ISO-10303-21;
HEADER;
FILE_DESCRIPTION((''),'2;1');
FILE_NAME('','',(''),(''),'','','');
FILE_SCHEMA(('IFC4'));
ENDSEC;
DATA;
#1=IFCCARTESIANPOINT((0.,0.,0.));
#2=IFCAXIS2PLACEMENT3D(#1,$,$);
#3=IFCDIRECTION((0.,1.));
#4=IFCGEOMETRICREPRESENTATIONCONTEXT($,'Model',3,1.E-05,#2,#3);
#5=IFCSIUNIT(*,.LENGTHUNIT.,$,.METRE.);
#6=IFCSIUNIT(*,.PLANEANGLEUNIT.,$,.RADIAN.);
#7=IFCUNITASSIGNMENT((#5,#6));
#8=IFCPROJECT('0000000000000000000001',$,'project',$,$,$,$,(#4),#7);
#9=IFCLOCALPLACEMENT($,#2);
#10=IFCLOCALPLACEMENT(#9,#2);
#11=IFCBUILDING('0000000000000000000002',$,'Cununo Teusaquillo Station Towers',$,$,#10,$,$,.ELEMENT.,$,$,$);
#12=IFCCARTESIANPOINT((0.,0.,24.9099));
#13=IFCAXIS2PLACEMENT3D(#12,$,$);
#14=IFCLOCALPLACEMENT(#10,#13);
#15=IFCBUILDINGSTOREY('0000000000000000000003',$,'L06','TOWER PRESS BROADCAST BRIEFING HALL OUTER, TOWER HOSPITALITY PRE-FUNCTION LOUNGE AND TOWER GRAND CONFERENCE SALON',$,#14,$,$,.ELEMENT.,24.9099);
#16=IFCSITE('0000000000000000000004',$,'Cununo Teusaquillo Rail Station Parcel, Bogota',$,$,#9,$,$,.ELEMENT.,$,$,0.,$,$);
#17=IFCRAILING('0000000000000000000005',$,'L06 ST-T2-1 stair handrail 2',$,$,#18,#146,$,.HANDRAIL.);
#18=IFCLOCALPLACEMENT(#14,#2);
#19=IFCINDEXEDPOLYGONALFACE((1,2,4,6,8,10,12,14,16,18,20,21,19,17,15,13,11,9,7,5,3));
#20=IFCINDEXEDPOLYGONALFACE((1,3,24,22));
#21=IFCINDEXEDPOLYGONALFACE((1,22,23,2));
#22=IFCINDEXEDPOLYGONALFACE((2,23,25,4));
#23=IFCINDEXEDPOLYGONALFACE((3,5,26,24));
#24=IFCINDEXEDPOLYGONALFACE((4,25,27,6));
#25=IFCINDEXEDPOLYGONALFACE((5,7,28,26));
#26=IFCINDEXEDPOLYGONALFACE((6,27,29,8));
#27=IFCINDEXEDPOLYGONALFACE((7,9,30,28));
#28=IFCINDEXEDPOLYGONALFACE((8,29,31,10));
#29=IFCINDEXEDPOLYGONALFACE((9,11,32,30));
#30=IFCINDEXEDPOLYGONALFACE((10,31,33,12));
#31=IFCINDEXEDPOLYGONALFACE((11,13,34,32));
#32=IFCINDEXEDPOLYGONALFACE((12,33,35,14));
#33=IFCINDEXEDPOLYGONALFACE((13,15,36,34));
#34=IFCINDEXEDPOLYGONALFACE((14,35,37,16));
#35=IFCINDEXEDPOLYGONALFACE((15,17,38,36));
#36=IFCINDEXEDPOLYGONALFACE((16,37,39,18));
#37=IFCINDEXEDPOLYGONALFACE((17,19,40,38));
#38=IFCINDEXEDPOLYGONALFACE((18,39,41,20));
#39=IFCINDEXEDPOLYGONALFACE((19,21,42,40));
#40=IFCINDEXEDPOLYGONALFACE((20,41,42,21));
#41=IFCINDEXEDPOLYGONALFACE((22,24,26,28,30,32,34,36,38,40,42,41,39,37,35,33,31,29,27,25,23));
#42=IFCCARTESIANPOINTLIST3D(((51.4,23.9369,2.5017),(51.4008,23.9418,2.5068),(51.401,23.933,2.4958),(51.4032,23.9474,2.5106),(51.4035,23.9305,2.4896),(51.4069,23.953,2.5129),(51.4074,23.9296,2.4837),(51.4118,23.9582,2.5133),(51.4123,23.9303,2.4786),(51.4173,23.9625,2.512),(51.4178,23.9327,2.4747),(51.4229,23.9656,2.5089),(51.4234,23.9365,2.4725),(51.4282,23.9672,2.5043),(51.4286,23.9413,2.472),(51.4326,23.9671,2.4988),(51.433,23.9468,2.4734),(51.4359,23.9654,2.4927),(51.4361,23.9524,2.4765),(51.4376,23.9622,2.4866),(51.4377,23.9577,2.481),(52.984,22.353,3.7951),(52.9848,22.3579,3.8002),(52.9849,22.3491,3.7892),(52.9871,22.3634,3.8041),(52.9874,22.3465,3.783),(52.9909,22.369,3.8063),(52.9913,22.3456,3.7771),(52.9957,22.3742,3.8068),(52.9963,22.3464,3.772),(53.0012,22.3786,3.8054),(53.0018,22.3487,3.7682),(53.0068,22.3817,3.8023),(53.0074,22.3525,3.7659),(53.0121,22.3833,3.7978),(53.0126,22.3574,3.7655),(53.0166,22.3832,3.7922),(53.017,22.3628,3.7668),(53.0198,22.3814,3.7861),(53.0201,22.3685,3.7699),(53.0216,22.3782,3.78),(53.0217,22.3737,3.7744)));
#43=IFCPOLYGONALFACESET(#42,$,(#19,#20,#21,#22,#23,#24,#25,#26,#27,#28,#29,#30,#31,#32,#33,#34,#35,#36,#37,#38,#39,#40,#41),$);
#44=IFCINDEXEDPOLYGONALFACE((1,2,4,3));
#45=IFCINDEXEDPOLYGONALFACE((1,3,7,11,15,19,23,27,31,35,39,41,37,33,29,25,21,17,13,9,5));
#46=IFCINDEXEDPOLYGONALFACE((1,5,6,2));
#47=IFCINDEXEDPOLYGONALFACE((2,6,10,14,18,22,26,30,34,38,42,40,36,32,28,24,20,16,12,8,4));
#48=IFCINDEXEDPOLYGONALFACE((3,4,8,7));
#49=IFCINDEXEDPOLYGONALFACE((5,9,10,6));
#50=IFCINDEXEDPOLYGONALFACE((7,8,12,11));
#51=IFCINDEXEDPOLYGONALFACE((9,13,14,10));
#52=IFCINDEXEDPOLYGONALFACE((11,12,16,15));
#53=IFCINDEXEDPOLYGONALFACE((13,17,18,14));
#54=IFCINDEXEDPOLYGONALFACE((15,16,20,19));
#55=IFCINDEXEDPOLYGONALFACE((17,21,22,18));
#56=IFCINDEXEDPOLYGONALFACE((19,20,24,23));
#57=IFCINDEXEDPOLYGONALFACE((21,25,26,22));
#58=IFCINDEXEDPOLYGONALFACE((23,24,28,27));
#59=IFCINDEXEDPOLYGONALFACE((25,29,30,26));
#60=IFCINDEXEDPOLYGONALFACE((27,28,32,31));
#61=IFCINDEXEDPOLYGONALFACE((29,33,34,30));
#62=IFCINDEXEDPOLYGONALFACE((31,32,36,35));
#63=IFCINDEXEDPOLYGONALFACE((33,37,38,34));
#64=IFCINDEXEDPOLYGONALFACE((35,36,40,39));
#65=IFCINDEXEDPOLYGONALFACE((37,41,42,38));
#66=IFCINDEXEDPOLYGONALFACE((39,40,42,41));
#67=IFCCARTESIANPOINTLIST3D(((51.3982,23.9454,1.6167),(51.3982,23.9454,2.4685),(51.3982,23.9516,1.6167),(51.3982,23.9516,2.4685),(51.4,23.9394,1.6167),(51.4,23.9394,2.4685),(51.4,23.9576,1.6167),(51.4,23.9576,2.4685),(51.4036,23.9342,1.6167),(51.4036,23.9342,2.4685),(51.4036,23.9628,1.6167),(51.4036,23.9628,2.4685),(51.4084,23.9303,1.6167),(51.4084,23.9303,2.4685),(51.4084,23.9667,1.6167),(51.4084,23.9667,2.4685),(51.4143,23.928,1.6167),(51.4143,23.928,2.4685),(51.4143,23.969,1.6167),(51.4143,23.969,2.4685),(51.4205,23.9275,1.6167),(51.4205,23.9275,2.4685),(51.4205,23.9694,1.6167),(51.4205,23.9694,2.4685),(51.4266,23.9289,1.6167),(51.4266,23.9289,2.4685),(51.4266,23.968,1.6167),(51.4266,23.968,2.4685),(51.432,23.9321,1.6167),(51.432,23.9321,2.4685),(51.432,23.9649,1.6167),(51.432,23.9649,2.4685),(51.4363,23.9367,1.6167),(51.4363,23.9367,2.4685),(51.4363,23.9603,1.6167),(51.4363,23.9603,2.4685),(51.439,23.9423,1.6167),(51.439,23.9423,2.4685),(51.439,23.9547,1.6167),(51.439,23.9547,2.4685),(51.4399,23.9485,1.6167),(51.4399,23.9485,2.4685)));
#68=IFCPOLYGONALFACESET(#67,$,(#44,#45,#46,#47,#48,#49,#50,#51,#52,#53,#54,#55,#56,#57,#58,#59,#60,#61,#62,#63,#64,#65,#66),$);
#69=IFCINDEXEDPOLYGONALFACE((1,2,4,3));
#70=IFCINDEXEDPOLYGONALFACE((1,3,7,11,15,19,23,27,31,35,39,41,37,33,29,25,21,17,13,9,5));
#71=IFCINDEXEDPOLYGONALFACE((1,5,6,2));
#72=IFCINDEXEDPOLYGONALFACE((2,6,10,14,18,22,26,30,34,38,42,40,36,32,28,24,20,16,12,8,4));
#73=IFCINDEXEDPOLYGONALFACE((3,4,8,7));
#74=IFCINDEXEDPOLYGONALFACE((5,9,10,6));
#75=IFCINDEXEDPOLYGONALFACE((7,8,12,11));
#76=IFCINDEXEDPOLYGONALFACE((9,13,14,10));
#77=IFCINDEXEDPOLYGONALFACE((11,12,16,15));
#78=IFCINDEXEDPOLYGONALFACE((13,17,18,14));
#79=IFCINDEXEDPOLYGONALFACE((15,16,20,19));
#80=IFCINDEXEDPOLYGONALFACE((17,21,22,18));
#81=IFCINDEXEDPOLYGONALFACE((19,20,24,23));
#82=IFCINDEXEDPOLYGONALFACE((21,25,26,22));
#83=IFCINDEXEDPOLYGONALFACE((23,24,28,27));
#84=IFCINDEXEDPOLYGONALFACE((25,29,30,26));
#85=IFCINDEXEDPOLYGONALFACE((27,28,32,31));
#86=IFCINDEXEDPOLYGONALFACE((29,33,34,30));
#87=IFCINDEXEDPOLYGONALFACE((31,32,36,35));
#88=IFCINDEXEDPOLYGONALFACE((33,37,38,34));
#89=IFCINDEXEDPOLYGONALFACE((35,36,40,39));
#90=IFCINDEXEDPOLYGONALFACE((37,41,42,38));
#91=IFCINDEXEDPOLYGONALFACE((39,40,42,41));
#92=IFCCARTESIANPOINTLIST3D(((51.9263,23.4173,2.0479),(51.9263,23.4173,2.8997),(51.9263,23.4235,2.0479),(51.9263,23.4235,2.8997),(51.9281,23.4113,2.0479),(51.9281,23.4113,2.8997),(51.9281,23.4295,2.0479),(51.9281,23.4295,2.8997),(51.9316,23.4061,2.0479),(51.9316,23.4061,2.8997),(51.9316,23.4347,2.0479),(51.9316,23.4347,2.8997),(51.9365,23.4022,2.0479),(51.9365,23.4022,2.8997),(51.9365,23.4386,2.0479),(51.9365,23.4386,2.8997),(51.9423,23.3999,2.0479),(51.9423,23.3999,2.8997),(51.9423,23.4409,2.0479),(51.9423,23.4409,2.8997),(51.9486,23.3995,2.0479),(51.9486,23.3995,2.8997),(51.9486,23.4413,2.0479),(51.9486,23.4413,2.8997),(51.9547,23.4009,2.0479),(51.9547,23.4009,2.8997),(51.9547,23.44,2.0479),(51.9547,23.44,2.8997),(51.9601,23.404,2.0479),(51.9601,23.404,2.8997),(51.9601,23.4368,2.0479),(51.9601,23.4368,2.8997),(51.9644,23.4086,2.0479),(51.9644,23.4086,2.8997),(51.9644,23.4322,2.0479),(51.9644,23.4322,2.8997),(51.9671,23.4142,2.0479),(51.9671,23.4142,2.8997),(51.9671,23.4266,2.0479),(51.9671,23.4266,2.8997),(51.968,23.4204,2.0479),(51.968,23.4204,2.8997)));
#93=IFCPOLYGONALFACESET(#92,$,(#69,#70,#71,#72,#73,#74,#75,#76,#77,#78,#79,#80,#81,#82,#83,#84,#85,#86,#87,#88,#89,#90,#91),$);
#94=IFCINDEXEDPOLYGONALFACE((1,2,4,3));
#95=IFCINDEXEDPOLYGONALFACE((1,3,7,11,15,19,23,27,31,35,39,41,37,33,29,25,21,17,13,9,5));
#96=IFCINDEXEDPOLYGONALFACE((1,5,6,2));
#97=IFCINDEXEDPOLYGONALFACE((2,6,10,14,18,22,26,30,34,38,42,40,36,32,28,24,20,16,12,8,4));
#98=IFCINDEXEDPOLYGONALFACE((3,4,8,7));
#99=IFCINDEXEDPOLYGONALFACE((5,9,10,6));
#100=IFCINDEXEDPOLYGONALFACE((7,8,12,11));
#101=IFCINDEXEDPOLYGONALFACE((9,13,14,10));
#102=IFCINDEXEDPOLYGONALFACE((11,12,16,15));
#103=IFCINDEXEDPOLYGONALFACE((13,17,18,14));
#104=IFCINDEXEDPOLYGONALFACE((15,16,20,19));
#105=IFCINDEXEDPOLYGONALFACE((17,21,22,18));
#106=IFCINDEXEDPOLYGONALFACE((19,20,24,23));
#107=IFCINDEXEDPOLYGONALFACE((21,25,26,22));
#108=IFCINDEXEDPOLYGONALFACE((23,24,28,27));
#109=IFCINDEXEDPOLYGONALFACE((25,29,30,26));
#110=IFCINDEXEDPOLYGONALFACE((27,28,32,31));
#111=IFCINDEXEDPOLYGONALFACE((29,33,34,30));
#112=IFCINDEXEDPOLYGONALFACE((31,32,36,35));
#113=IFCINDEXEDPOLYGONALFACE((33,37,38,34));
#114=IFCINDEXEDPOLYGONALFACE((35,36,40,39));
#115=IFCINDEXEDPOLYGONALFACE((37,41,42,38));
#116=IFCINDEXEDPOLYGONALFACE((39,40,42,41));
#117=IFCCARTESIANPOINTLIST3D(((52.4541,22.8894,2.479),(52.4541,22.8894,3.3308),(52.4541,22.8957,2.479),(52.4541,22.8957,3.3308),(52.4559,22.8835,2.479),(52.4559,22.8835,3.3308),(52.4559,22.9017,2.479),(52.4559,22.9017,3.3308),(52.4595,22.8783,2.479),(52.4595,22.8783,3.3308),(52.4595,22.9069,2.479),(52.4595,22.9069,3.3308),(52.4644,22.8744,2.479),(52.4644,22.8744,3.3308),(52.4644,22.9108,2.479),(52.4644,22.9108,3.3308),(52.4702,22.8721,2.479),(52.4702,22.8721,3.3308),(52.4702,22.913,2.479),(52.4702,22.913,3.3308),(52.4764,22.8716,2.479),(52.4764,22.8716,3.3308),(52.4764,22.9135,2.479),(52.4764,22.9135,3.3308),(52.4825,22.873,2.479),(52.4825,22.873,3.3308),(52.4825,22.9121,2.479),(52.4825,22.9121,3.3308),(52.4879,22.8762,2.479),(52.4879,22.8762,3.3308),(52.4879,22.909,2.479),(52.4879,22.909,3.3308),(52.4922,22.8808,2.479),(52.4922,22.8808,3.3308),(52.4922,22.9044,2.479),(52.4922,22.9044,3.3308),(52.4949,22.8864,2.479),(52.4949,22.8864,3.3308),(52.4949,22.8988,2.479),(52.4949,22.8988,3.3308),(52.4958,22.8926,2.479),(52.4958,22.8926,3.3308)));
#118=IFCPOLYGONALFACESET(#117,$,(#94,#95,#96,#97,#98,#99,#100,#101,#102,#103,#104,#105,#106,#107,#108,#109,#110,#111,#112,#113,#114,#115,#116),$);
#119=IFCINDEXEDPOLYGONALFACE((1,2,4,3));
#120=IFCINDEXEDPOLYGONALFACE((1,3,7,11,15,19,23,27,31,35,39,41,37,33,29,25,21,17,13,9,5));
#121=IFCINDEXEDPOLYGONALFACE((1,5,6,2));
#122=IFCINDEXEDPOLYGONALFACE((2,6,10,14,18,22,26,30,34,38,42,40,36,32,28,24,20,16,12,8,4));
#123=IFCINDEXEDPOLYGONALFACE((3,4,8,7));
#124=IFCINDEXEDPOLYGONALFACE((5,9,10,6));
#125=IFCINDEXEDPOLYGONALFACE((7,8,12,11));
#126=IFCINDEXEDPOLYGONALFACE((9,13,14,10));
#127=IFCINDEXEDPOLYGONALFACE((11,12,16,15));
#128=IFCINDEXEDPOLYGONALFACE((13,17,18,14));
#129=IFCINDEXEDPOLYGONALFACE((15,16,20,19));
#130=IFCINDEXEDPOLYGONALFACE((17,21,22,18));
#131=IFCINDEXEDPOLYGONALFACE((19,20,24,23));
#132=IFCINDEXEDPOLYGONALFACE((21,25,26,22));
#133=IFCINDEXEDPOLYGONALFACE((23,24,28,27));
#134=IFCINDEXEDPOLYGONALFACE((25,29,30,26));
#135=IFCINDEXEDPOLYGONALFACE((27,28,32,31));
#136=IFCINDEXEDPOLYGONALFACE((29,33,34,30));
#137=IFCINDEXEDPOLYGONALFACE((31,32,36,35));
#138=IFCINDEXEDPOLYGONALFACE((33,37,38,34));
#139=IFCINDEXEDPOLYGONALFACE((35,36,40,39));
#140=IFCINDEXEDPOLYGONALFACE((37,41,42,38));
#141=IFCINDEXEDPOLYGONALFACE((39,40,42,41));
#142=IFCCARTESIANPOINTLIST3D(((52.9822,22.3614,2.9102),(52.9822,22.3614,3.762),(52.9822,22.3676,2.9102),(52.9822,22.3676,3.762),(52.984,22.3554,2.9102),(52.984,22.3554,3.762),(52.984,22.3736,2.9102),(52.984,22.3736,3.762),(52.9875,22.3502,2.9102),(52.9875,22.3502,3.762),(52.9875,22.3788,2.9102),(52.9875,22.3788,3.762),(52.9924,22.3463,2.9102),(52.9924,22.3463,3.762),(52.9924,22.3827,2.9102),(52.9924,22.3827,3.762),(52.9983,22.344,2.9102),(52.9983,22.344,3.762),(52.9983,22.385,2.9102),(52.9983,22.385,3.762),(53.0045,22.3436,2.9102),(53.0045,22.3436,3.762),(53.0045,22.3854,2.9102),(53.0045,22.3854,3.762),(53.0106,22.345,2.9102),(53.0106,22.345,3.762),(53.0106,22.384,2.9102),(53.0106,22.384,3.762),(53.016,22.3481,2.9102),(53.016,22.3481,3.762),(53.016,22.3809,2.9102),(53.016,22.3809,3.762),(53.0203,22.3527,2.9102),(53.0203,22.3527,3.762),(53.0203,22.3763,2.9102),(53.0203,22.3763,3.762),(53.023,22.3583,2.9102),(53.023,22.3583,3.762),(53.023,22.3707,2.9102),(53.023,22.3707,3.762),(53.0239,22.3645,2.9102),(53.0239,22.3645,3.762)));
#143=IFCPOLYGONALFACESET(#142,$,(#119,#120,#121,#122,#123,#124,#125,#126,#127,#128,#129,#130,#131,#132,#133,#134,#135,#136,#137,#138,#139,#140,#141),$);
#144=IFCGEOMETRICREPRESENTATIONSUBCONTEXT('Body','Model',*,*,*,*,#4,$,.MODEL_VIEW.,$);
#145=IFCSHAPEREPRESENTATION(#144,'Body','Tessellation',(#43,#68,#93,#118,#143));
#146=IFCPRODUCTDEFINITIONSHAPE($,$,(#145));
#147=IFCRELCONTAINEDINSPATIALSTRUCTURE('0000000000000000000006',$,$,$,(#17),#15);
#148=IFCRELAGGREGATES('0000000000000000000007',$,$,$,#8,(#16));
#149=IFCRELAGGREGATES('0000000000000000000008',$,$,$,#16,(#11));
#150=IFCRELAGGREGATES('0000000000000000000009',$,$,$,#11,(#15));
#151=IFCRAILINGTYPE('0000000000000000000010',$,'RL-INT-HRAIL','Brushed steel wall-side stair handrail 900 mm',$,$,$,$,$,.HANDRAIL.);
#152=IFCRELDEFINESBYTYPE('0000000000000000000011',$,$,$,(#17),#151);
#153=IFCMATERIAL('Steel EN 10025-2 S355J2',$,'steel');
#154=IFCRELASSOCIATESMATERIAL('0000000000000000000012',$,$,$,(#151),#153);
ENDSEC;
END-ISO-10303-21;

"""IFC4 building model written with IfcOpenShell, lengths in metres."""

from ifc_helpers import new_model, si_unit, direction, frame, origin, origin_2d, place, context, subcontext, project, spatial, circle, extrude, material, type_object, element, save


model = new_model("IFC4")

# Units and contexts
model_context = context("Model", 3, precision=1e-05, world=origin(), true_north=direction((0.0, 1.0)))
body_context = subcontext(model_context, "Body", "Model", "MODEL_VIEW")
ifc_project = project(units=[si_unit("LENGTHUNIT", "METRE"), si_unit("PLANEANGLEUNIT", "RADIAN")], contexts=[model_context])

# Site, building, storey
site_placement = place(None, origin())
site = spatial("IfcSite", under=ifc_project, at=site_placement, Name="Cununo Teusaquillo Rail Station Parcel, Bogota", CompositionType="ELEMENT", RefElevation=0.0)
building_placement = place(site_placement, origin())
building = spatial("IfcBuilding", under=site, at=building_placement, Name="Cununo Teusaquillo Station Towers", CompositionType="ELEMENT")
storey_placement = place(building_placement, frame((0.0, 0.0, 24.9099)))
storey = spatial("IfcBuildingStorey", under=building, at=storey_placement, Name="L06", Description="TOWER PRESS BROADCAST BRIEFING HALL OUTER, TOWER HOSPITALITY PRE-FUNCTION LOUNGE AND TOWER GRAND CONFERENCE SALON", CompositionType="ELEMENT", Elevation=24.9099)

# Railing
ifc_material_1 = material(Name="Steel EN 10025-2 S355J2", Category="steel")
railing_type = type_object("IfcRailingType", Name="RL-INT-HRAIL", Description="Brushed steel wall-side stair handrail 900 mm", PredefinedType="HANDRAIL", material=ifc_material_1)
railing_placement = place(storey_placement, frame((51.4189, 23.9485, 1.6167)))
element("IfcRailing", 1, at=railing_placement, inside=storey, type_object=railing_type, Name="L06 ST-T2-1 stair handrail 2", PredefinedType="HANDRAIL", context=body_context, shape_type="SweptSolid", body=[
    extrude(circle(Radius=0.0239, at=origin_2d()), frame((0.0, 0.0, 0.876), z_axis=(0.612356, -0.612356, 0.50004), x_axis=(0.707107, 0.707107, 0.0)), (0.0, 0.0, 1.0), 2.5867),
    extrude(circle(Radius=0.021, at=origin_2d()), origin(), (0.0, 0.0, 1.0), 0.8518),
    extrude(circle(Radius=0.021, at=origin_2d()), frame((0.5281, -0.5281, 0.4312)), (0.0, 0.0, 1.0), 0.8518),
    extrude(circle(Radius=0.021, at=origin_2d()), frame((1.0559, -1.0559, 0.8623)), (0.0, 0.0, 1.0), 0.8518),
    extrude(circle(Radius=0.021, at=origin_2d()), frame((1.584, -1.584, 1.2935)), (0.0, 0.0, 1.0), 0.8518),
])

save(model, "model.ifc")
